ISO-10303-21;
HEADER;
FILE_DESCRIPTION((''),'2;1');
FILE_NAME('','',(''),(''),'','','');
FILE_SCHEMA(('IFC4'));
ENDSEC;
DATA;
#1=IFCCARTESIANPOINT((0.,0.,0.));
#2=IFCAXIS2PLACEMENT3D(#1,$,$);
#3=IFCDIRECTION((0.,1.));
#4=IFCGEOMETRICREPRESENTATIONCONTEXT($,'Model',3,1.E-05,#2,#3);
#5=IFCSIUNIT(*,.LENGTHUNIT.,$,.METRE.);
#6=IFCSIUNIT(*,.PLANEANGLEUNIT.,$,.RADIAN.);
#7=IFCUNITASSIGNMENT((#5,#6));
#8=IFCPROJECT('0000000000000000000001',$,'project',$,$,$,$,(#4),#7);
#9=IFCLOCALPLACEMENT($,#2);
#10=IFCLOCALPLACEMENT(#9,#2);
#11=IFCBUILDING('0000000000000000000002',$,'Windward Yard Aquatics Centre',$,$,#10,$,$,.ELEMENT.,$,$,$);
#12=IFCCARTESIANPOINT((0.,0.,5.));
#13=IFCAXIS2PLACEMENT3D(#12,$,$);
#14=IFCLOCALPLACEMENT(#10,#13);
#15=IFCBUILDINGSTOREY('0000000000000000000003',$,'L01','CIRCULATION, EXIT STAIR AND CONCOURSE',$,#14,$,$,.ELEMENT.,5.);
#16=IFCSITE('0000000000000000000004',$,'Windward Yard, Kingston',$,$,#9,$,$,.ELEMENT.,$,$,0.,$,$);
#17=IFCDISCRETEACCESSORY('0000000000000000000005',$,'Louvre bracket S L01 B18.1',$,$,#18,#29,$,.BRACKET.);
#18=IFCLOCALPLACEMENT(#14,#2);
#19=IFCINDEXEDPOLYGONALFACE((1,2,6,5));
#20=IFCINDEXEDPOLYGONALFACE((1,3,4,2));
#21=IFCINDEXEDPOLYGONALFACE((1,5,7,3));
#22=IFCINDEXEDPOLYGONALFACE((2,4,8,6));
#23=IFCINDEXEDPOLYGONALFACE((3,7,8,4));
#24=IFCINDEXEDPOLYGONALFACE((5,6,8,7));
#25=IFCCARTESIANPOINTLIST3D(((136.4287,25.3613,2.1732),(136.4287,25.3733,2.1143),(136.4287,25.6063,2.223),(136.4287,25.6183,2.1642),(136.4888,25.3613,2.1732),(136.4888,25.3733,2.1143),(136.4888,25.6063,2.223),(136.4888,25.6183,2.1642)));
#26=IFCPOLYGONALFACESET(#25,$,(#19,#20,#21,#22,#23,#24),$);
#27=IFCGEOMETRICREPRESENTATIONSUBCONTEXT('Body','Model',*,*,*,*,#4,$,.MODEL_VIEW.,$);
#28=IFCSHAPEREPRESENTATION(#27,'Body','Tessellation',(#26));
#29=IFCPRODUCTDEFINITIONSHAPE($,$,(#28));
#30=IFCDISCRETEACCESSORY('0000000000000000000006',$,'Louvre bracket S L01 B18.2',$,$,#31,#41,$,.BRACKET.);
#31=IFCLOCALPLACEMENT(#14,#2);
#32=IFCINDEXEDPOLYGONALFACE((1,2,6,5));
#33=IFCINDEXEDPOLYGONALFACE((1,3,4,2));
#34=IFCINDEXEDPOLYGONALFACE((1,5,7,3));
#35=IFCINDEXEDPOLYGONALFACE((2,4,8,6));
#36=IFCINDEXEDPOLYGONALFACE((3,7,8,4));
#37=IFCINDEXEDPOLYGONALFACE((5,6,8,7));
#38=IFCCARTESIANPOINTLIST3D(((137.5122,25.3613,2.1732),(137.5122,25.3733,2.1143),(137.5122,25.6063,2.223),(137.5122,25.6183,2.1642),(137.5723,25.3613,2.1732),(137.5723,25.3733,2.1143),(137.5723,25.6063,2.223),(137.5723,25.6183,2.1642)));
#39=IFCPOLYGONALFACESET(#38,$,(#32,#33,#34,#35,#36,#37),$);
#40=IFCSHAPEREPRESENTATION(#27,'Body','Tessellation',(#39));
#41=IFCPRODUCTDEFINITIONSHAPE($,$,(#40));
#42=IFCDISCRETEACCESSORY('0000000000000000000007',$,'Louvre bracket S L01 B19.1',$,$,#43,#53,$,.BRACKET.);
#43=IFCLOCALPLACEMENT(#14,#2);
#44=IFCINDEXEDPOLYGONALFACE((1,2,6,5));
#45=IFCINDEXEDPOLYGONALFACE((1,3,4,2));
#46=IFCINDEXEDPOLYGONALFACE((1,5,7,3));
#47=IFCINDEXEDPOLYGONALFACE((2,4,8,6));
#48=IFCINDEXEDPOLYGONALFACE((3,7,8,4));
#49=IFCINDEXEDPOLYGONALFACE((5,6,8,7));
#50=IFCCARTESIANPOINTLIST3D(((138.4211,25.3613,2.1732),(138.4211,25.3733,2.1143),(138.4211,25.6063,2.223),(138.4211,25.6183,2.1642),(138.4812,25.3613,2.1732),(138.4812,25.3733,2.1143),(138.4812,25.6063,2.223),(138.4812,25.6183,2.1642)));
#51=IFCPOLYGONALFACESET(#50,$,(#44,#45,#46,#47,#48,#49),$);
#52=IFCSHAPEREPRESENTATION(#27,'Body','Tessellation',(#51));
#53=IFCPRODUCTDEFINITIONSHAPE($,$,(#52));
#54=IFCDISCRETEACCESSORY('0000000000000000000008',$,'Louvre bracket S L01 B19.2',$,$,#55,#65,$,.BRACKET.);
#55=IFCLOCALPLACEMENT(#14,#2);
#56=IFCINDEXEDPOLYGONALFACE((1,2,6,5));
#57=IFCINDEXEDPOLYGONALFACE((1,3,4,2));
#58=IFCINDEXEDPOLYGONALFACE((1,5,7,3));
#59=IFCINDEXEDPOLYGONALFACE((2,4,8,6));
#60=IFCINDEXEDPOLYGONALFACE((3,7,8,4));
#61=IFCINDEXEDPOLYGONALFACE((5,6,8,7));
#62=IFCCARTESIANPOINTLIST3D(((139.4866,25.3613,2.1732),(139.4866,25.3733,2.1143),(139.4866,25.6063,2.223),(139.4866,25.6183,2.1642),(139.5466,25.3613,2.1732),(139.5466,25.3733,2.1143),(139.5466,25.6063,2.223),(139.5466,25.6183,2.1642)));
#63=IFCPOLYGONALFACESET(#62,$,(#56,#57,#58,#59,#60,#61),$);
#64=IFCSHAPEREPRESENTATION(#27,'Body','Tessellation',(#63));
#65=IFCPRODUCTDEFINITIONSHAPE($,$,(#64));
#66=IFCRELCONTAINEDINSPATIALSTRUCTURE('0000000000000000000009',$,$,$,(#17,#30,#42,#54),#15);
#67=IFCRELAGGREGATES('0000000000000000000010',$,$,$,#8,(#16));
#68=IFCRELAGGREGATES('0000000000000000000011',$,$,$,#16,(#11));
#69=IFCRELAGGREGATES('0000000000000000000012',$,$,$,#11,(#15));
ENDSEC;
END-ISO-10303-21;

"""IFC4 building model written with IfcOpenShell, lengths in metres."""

from ifc_helpers import new_model, si_unit, direction, frame, origin, origin_2d, place, context, subcontext, project, spatial, rectangle, extrude, element, save


model = new_model("IFC4")

# Units and contexts
model_context = context("Model", 3, precision=1e-05, world=origin(), true_north=direction((0.0, 1.0)))
body_context = subcontext(model_context, "Body", "Model", "MODEL_VIEW")
ifc_project = project(units=[si_unit("LENGTHUNIT", "METRE"), si_unit("PLANEANGLEUNIT", "RADIAN")], contexts=[model_context])

# Site, building, storey
site_placement = place(None, origin())
site = spatial("IfcSite", under=ifc_project, at=site_placement, Name="Windward Yard, Kingston", CompositionType="ELEMENT", RefElevation=0.0)
building_placement = place(site_placement, origin())
building = spatial("IfcBuilding", under=site, at=building_placement, Name="Windward Yard Aquatics Centre", CompositionType="ELEMENT")
storey_placement = place(building_placement, frame((0.0, 0.0, 5.0)))
storey = spatial("IfcBuildingStorey", under=building, at=storey_placement, Name="L01", Description="CIRCULATION, EXIT STAIR AND CONCOURSE", CompositionType="ELEMENT", Elevation=5.0)

# Discrete accessories
for number, where, z_axis, x_axis, name in (
    (1, (136.4587, 25.6123, 2.1936), (0.0, -0.979937, -0.199309), (1.0, 0.0, 0.0), "Louvre bracket S L01 B18.1"),
    (2, (137.5422, 25.6123, 2.1936), (0.0, -0.979937, -0.199309), (1.0, 0.0, 0.0), "Louvre bracket S L01 B18.2"),
    (3, (138.4512, 25.6123, 2.1936), (0.0, -0.979937, -0.199309), (1.0, 0.0, 0.0), "Louvre bracket S L01 B19.1"),
    (4, (139.5166, 25.6123, 2.1936), (0.0, -0.979937, -0.199309), (1.0, 0.0, 0.0), "Louvre bracket S L01 B19.2"),
):
    element("IfcDiscreteAccessory", number, at=place(storey_placement, frame(where, z_axis=z_axis, x_axis=x_axis)), inside=storey, Name=name, PredefinedType="BRACKET", context=body_context, shape_type="SweptSolid", body=[
        extrude(rectangle(XDim=0.0601, YDim=0.0601, at=origin_2d()), origin(), (0.0, 0.0, 1.0), 0.25),
    ])

save(model, "model.ifc")
